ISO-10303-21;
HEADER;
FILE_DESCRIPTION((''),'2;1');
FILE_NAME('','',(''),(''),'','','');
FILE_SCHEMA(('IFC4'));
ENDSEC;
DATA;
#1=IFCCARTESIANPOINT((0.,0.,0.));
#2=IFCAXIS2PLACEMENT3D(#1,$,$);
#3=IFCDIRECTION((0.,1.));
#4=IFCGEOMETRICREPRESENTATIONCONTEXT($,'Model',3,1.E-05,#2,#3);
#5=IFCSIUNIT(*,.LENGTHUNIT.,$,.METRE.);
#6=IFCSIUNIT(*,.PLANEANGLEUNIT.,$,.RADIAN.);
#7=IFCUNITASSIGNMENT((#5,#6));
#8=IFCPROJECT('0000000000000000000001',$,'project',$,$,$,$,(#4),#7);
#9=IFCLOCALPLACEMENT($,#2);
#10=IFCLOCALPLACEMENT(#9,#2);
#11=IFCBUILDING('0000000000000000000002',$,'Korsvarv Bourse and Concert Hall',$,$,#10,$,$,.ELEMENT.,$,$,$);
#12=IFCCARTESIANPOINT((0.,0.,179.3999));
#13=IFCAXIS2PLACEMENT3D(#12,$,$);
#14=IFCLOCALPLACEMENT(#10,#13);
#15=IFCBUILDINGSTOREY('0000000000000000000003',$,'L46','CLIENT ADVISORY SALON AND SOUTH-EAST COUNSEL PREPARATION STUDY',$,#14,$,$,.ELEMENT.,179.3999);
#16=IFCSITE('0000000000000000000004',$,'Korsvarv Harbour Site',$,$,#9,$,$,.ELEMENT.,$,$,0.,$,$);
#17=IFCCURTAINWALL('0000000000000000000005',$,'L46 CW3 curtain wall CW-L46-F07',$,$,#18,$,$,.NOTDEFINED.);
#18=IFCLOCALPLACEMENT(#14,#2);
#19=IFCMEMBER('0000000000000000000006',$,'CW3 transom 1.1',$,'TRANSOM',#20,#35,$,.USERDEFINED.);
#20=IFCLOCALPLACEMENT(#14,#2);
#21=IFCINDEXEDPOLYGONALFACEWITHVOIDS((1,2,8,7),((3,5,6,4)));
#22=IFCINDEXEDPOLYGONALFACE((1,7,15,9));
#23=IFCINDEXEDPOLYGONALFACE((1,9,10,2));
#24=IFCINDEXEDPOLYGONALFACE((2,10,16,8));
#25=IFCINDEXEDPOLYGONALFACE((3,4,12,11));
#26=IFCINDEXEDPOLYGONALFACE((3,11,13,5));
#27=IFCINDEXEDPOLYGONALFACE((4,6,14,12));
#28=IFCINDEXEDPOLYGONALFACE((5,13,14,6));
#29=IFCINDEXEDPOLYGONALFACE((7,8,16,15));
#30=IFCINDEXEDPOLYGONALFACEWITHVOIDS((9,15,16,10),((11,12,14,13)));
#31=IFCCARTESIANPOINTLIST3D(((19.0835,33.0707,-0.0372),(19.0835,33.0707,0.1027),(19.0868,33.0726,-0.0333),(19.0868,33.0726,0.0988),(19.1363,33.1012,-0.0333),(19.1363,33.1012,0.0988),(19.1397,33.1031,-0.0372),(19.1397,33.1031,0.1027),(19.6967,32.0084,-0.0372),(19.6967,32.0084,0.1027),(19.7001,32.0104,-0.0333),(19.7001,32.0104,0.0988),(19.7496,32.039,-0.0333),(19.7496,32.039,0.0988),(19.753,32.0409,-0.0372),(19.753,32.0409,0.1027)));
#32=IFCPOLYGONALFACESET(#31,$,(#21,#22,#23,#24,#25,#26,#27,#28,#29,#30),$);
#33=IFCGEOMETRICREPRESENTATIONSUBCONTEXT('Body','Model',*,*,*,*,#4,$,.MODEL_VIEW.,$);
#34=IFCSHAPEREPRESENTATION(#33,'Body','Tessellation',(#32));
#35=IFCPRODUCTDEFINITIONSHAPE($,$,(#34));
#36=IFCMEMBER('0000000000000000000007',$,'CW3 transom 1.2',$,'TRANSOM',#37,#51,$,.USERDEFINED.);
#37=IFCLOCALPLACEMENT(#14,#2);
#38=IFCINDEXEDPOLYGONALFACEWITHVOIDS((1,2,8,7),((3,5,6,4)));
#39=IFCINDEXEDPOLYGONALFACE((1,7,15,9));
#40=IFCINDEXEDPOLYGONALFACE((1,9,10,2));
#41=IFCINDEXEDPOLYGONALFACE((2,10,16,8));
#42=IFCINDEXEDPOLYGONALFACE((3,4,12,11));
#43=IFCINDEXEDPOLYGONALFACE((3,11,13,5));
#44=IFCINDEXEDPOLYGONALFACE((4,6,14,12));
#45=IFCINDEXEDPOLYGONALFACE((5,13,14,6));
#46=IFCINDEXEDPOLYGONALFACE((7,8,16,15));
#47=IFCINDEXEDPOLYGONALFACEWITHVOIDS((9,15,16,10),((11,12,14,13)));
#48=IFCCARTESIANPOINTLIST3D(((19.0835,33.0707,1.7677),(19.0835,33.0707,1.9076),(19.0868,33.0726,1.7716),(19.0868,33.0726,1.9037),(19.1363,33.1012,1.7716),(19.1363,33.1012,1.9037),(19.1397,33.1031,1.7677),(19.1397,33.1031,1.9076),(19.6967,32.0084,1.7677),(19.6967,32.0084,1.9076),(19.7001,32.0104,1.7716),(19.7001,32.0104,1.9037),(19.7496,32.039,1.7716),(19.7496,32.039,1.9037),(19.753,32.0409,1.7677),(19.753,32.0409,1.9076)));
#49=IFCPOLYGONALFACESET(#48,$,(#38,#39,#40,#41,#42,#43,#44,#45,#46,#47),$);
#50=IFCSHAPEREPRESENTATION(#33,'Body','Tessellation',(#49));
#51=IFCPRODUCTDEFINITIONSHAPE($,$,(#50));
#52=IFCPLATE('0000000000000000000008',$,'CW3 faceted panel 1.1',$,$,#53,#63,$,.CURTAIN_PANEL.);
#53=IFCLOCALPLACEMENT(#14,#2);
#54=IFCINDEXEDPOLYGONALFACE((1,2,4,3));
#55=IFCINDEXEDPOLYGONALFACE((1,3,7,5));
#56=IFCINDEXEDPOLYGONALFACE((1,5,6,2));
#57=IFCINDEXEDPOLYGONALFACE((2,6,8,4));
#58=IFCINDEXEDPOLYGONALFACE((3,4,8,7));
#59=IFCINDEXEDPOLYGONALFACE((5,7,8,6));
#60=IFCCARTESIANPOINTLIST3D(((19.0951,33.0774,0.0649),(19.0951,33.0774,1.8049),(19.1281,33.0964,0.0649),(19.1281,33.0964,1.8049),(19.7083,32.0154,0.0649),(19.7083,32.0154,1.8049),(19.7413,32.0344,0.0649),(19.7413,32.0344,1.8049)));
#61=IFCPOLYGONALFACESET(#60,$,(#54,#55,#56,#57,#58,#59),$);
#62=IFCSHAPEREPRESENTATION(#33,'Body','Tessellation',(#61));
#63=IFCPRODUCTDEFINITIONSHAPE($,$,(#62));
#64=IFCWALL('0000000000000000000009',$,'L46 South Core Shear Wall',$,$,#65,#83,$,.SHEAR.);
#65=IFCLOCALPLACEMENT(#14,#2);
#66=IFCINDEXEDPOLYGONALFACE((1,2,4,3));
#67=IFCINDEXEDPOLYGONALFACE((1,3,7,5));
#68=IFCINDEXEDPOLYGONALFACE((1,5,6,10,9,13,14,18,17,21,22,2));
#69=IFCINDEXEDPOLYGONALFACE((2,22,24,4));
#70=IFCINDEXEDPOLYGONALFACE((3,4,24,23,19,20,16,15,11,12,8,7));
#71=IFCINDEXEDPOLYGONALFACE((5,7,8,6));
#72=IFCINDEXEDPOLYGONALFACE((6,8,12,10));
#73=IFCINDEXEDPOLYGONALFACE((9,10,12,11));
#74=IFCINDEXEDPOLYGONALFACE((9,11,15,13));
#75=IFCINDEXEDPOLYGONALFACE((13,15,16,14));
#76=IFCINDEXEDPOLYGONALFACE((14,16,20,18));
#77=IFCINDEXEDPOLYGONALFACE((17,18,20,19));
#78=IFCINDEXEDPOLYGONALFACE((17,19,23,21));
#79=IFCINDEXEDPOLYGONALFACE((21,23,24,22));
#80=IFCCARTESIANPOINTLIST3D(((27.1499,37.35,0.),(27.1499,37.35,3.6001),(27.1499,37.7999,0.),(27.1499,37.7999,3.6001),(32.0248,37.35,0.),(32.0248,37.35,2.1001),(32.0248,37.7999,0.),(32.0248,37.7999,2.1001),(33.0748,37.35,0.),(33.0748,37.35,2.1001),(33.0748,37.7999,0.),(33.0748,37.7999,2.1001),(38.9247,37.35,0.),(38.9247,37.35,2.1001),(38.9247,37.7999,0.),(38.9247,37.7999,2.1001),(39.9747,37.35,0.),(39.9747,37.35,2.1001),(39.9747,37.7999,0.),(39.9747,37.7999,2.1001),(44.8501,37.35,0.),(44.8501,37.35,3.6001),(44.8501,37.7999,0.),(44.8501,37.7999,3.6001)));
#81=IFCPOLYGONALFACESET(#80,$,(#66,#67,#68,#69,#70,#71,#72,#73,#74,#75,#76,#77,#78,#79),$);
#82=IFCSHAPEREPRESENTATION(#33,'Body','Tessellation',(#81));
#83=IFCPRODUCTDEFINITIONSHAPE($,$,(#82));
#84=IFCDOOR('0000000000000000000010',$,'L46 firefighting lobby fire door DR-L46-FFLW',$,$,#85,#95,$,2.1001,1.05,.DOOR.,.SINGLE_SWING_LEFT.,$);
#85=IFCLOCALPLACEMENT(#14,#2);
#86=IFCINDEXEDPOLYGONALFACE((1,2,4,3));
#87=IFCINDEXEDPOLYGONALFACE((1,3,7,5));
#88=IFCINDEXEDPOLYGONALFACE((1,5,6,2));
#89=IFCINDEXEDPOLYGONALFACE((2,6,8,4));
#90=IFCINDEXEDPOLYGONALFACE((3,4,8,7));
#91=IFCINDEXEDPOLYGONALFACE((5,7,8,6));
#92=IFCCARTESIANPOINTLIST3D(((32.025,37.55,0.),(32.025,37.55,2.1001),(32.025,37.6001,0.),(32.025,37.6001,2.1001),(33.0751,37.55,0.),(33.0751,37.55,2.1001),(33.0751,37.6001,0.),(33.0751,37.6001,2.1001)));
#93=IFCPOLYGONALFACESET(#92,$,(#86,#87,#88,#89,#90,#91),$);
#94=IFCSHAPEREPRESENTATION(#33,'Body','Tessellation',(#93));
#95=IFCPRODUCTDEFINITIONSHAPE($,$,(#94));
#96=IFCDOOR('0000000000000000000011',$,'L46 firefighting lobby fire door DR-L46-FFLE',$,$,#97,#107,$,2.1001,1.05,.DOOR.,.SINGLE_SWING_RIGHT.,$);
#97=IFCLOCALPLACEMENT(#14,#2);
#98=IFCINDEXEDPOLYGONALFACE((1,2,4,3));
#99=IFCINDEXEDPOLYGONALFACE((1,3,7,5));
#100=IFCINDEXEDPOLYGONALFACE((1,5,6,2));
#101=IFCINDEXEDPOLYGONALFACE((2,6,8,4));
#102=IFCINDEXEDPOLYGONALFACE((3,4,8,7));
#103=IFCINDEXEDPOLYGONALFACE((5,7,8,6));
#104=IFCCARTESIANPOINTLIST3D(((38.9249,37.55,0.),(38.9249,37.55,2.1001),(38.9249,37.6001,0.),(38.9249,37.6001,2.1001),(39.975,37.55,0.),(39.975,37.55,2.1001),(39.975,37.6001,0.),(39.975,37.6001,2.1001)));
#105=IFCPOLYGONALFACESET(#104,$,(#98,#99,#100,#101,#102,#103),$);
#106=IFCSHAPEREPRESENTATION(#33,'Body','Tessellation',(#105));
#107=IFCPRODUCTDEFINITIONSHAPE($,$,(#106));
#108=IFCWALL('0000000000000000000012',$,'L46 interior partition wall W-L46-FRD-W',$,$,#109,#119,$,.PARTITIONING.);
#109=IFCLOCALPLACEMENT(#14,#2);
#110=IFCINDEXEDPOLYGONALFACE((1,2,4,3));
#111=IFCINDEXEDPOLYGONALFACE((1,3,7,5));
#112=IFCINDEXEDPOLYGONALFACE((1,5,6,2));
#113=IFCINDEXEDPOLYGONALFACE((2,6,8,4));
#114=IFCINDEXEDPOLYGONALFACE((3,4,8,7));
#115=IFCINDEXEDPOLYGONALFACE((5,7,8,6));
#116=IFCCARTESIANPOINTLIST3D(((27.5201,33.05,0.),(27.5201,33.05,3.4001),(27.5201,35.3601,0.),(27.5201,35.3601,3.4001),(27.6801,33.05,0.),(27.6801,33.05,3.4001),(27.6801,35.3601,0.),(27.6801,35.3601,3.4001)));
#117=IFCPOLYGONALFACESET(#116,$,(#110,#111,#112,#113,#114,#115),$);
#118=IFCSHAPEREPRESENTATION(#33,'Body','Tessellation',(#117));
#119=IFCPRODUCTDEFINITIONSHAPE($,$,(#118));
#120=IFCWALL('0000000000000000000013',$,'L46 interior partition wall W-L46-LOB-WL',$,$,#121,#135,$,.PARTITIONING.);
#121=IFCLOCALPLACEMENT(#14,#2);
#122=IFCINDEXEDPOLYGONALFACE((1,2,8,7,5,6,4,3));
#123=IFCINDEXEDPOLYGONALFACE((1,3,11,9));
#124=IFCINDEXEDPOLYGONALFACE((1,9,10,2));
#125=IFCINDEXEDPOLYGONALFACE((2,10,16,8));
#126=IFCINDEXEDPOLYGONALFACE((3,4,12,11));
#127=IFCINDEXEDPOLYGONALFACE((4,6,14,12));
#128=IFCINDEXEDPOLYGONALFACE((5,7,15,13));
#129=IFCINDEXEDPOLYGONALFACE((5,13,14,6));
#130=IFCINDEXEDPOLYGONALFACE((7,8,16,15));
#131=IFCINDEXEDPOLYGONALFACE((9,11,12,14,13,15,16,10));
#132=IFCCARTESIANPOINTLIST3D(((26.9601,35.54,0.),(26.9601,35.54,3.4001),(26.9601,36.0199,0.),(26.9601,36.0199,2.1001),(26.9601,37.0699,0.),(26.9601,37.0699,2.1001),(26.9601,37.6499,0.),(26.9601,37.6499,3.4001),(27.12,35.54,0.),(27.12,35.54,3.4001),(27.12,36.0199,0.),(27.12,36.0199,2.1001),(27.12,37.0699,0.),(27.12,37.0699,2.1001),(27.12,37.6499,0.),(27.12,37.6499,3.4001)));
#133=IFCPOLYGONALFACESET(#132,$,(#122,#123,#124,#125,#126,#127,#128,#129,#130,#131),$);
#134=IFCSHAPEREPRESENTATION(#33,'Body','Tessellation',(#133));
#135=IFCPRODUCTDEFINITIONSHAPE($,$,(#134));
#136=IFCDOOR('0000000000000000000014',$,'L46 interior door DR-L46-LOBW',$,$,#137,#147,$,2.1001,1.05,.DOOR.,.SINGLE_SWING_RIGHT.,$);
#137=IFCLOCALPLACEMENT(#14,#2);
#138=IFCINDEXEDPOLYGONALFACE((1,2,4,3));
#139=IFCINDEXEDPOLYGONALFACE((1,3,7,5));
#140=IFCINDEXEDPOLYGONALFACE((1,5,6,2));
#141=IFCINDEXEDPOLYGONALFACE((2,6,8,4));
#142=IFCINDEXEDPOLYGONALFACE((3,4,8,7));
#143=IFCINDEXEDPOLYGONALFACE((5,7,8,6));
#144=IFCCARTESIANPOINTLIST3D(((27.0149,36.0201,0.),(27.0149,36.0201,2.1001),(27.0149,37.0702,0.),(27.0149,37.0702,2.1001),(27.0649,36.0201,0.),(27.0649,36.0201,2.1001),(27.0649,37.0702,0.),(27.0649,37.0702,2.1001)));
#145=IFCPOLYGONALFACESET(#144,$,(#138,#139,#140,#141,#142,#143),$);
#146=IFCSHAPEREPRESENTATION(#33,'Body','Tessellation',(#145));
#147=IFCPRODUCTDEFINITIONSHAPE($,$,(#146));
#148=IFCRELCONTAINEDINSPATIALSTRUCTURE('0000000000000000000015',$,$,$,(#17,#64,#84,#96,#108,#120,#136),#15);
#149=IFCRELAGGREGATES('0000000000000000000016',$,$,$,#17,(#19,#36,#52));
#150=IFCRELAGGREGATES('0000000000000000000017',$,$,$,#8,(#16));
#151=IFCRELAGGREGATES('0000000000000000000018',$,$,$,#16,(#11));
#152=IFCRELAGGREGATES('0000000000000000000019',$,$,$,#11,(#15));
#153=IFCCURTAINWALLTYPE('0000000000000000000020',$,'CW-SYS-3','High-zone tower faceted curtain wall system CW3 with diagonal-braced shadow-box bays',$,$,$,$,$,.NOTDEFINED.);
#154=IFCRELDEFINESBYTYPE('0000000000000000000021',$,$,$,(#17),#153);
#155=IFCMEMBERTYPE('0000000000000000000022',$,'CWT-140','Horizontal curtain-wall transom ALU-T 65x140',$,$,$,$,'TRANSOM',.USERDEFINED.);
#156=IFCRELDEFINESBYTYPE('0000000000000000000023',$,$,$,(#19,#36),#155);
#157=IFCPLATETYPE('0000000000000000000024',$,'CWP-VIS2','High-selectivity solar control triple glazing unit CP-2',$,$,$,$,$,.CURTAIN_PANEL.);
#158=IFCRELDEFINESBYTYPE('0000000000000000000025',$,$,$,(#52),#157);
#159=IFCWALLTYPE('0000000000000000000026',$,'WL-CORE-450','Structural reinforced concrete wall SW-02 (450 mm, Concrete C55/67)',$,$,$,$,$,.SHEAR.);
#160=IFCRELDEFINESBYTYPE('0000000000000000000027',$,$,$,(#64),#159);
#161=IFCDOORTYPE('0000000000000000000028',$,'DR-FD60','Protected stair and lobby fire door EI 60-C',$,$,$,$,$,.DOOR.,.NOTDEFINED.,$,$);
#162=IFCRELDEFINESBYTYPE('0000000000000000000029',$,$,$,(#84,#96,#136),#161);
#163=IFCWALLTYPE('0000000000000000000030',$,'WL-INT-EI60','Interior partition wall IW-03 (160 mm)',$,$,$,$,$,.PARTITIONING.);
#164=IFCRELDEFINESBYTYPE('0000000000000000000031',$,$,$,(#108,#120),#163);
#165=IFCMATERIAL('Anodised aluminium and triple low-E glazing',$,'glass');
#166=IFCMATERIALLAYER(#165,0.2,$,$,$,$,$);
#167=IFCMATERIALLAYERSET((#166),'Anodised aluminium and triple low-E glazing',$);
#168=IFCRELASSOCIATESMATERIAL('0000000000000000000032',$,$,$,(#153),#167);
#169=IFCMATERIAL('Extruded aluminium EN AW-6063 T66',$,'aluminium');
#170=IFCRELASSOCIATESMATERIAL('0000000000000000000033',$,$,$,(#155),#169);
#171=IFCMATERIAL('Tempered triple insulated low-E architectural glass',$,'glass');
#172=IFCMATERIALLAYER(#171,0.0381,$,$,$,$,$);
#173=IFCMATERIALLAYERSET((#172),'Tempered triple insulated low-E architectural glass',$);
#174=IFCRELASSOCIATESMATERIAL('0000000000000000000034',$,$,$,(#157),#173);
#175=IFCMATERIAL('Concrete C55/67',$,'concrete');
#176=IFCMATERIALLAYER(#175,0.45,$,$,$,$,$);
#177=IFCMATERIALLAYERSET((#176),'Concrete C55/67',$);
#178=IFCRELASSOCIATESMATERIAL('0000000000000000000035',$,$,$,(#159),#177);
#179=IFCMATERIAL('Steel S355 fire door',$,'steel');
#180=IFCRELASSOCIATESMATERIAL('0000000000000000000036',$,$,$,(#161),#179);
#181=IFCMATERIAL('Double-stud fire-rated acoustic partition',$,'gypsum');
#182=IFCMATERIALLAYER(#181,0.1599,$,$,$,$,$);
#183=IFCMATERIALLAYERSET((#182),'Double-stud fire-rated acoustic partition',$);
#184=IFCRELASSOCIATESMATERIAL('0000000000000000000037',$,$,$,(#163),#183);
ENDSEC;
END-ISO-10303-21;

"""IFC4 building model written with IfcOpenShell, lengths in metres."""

from ifc_helpers import new_model, si_unit, direction, frame, frame_2d, origin, origin_2d, place, context, subcontext, project, spatial, rectangle, hollow_rectangle, extrude, source, transform, mapped, material, layer, layer_set, material_profile, profile_set, type_object, element, fill, aggregate, save


model = new_model("IFC4")

# Units and contexts
model_context = context("Model", 3, precision=1e-05, world=origin(), true_north=direction((0.0, 1.0)))
body_context = subcontext(model_context, "Body", "Model", "MODEL_VIEW")
ifc_project = project(units=[si_unit("LENGTHUNIT", "METRE"), si_unit("PLANEANGLEUNIT", "RADIAN")], contexts=[model_context])

# Site, building, storey
site_placement = place(None, origin())
site = spatial("IfcSite", under=ifc_project, at=site_placement, Name="Korsvarv Harbour Site", CompositionType="ELEMENT", RefElevation=0.0)
building_placement = place(site_placement, origin())
building = spatial("IfcBuilding", under=site, at=building_placement, Name="Korsvarv Bourse and Concert Hall", CompositionType="ELEMENT")
storey_placement = place(building_placement, frame((0.0, 0.0, 179.3999)))
storey = spatial("IfcBuildingStorey", under=building, at=storey_placement, Name="L46", Description="CLIENT ADVISORY SALON AND SOUTH-EAST COUNSEL PREPARATION STUDY", CompositionType="ELEMENT", Elevation=179.3999)

# Shared definitions
ifc_material_1 = material(Name="Concrete C55/67", Category="concrete")

# Curtain wall, members, plate
ifc_material_2 = material(Name="Anodised aluminium and triple low-E glazing", Category="glass")
ifc_layer_1 = layer(ifc_material_2, 0.2)
ifc_layer_set_1 = layer_set([ifc_layer_1], Name="Anodised aluminium and triple low-E glazing")
curtain_wall_type = type_object("IfcCurtainWallType", Name="CW-SYS-3", Description="High-zone tower faceted curtain wall system CW3 with diagonal-braced shadow-box bays", PredefinedType="NOTDEFINED", material=ifc_layer_set_1)
curtain_wall_placement = place(storey_placement, origin())
curtain_wall = element("IfcCurtainWall", 1, at=curtain_wall_placement, inside=storey, type_object=curtain_wall_type, Name="L46 CW3 curtain wall CW-L46-F07", PredefinedType="NOTDEFINED")
ifc_material_3 = material(Name="Extruded aluminium EN AW-6063 T66", Category="aluminium")
ifc_material_profile_1 = material_profile(ifc_material_3, hollow_rectangle(XDim=0.0649, YDim=0.1399, WallThickness=0.0039, at=origin_2d()), Name="ALU-T 65x140")
ifc_profile_set_1 = profile_set([ifc_material_profile_1], Name="Extruded aluminium EN AW-6063 T66")
member_type_1 = type_object("IfcMemberType", Name="CWT-140", Description="Horizontal curtain-wall transom ALU-T 65x140", ElementType="TRANSOM", PredefinedType="USERDEFINED", material=ifc_profile_set_1)
shared_shape_1 = source(origin(), body_context, "Body", "SweptSolid", [
    extrude(hollow_rectangle(XDim=0.0649, YDim=0.1399, WallThickness=0.0039, at=origin_2d()), origin(), (0.0, 0.0, 1.0), 1.2266),
])
member_1_placement = place(storey_placement, frame((19.1116, 33.0869, 0.0327), z_axis=(0.499992, -0.86603, 0.0), x_axis=(0.86603, 0.499992, 0.0)))
member_1 = element("IfcMember", 2, at=member_1_placement, type_object=member_type_1, Name="CW3 transom 1.1", ObjectType="TRANSOM", PredefinedType="USERDEFINED", context=body_context, shape_type="MappedRepresentation", body=[
    mapped(shared_shape_1, transform((0.0, 0.0, 0.0), scale=1.0)),
])
member_2_placement = place(storey_placement, frame((19.1116, 33.0869, 1.8376), z_axis=(0.499992, -0.86603, 0.0), x_axis=(0.86603, 0.499992, 0.0)))
member_2 = element("IfcMember", 3, at=member_2_placement, type_object=member_type_1, Name="CW3 transom 1.2", ObjectType="TRANSOM", PredefinedType="USERDEFINED", context=body_context, shape_type="MappedRepresentation", body=[
    mapped(shared_shape_1, transform((0.0, 0.0, 0.0), scale=1.0)),
])
ifc_material_4 = material(Name="Tempered triple insulated low-E architectural glass", Category="glass")
ifc_layer_2 = layer(ifc_material_4, 0.0381)
ifc_layer_set_2 = layer_set([ifc_layer_2], Name="Tempered triple insulated low-E architectural glass")
plate_type = type_object("IfcPlateType", Name="CWP-VIS2", Description="High-selectivity solar control triple glazing unit CP-2", PredefinedType="CURTAIN_PANEL", material=ifc_layer_set_2)
shared_shape_2 = source(origin(), body_context, "Body", "SweptSolid", [
    extrude(rectangle(XDim=1.2263, YDim=0.0381, at=origin_2d()), origin(), (0.0, 0.0, 1.0), 1.74),
])
plate_placement = place(storey_placement, frame((19.4182, 32.5559, 0.0649), z_axis=(0.0, 0.0, 1.0), x_axis=(0.499994, -0.866029, 0.0)))
plate = element("IfcPlate", 4, at=plate_placement, type_object=plate_type, Name="CW3 faceted panel 1.1", PredefinedType="CURTAIN_PANEL", context=body_context, shape_type="MappedRepresentation", body=[
    mapped(shared_shape_2, transform((0.0, 0.0, 0.0), scale=1.0)),
])
aggregate(curtain_wall, [member_1, member_2, plate])

# Wall, openings, doors
ifc_layer_3 = layer(ifc_material_1, 0.45)
ifc_layer_set_3 = layer_set([ifc_layer_3], Name="Concrete C55/67")
wall_type_1 = type_object("IfcWallType", Name="WL-CORE-450", Description="Structural reinforced concrete wall SW-02 (450 mm, Concrete C55/67)", PredefinedType="SHEAR", material=ifc_layer_set_3)
wall_1_placement = place(storey_placement, frame((27.1499, 37.575, 0.0), z_axis=(0.0, 0.0, 1.0), x_axis=(1.0, 0.0, 0.0)))
wall_1 = element("IfcWall", 5, at=wall_1_placement, inside=storey, type_object=wall_type_1, Name="L46 South Core Shear Wall", PredefinedType="SHEAR", context=body_context, shape_type="SweptSolid", body=[
    extrude(rectangle(XDim=17.7002, YDim=0.45, at=frame_2d((8.8501, 0.0))), origin(), (0.0, 0.0, 1.0), 3.6001),
])
opening_1_placement = place(wall_1_placement, frame((4.875, 0.0, 0.0)))
opening_1 = element("IfcOpeningElement", 6, at=opening_1_placement, cuts=wall_1, PredefinedType="OPENING", context=body_context, shape_type="SweptSolid", body=[
    extrude(rectangle(XDim=1.05, YDim=2.1001, at=frame_2d((0.5249, 1.05))), frame((0.0, 0.2349, 0.0), z_axis=(0.0, -1.0, 0.0), x_axis=(1.0, 0.0, 0.0)), (0.0, 0.0, 1.0), 0.47),
])
opening_2_placement = place(wall_1_placement, frame((11.7749, 0.0, 0.0)))
opening_2 = element("IfcOpeningElement", 7, at=opening_2_placement, cuts=wall_1, PredefinedType="OPENING", context=body_context, shape_type="SweptSolid", body=[
    extrude(rectangle(XDim=1.05, YDim=2.1001, at=frame_2d((0.5249, 1.05))), frame((0.0, 0.2349, 0.0), z_axis=(0.0, -1.0, 0.0), x_axis=(1.0, 0.0, 0.0)), (0.0, 0.0, 1.0), 0.47),
])
ifc_material_5 = material(Name="Steel S355 fire door", Category="steel")
door_type_1 = type_object("IfcDoorType", Name="DR-FD60", Description="Protected stair and lobby fire door EI 60-C", OperationType="NOTDEFINED", PredefinedType="DOOR", material=ifc_material_5)
door_1_placement = place(opening_1_placement, frame((1.05, 0.0, 0.0), z_axis=(0.0, 0.0, 1.0), x_axis=(-1.0, 0.0, 0.0)))
door_1 = element("IfcDoor", 8, at=door_1_placement, inside=storey, type_object=door_type_1, Name="L46 firefighting lobby fire door DR-L46-FFLW", OperationType="SINGLE_SWING_LEFT", OverallHeight=2.1001, OverallWidth=1.05, PredefinedType="DOOR", context=body_context, shape_type="SweptSolid", body=[
    extrude(rectangle(XDim=1.05, YDim=2.1001, at=frame_2d((0.5249, 1.05))), frame((0.0, 0.0249, 0.0), z_axis=(0.0, -1.0, 0.0), x_axis=(1.0, 0.0, 0.0)), (0.0, 0.0, 1.0), 0.05),
])
fill(opening_1, door_1)
door_2_placement = place(opening_2_placement, frame((1.05, 0.0, 0.0), z_axis=(0.0, 0.0, 1.0), x_axis=(-1.0, 0.0, 0.0)))
door_2 = element("IfcDoor", 9, at=door_2_placement, inside=storey, type_object=door_type_1, Name="L46 firefighting lobby fire door DR-L46-FFLE", OperationType="SINGLE_SWING_RIGHT", OverallHeight=2.1001, OverallWidth=1.05, PredefinedType="DOOR", context=body_context, shape_type="SweptSolid", body=[
    extrude(rectangle(XDim=1.05, YDim=2.1001, at=frame_2d((0.5249, 1.05))), frame((0.0, 0.0249, 0.0), z_axis=(0.0, -1.0, 0.0), x_axis=(1.0, 0.0, 0.0)), (0.0, 0.0, 1.0), 0.05),
])
fill(opening_2, door_2)

# Wall
ifc_material_6 = material(Name="Double-stud fire-rated acoustic partition", Category="gypsum")
ifc_layer_4 = layer(ifc_material_6, 0.1599)
ifc_layer_set_4 = layer_set([ifc_layer_4], Name="Double-stud fire-rated acoustic partition")
wall_type_2 = type_object("IfcWallType", Name="WL-INT-EI60", Description="Interior partition wall IW-03 (160 mm)", PredefinedType="PARTITIONING", material=ifc_layer_set_4)
wall_2_placement = place(storey_placement, frame((27.6001, 33.05, 0.0), z_axis=(0.0, 0.0, 1.0), x_axis=(0.0, 1.0, 0.0)))
element("IfcWall", 10, at=wall_2_placement, inside=storey, type_object=wall_type_2, Name="L46 interior partition wall W-L46-FRD-W", PredefinedType="PARTITIONING", context=body_context, shape_type="SweptSolid", body=[
    extrude(rectangle(XDim=2.3101, YDim=0.1599, at=frame_2d((1.155, 0.0))), origin(), (0.0, 0.0, 1.0), 3.4001),
])

# Wall, opening, door
wall_3_placement = place(storey_placement, frame((27.04, 35.54, 0.0), z_axis=(0.0, 0.0, 1.0), x_axis=(0.0, 1.0, 0.0)))
wall_3 = element("IfcWall", 11, at=wall_3_placement, inside=storey, type_object=wall_type_2, Name="L46 interior partition wall W-L46-LOB-WL", PredefinedType="PARTITIONING", context=body_context, shape_type="SweptSolid", body=[
    extrude(rectangle(XDim=2.1099, YDim=0.1599, at=frame_2d((1.0549, 0.0))), origin(), (0.0, 0.0, 1.0), 3.4001),
])
opening_3_placement = place(wall_3_placement, frame((0.48, 0.0, 0.0)))
opening_3 = element("IfcOpeningElement", 12, at=opening_3_placement, cuts=wall_3, PredefinedType="OPENING", context=body_context, shape_type="SweptSolid", body=[
    extrude(rectangle(XDim=1.05, YDim=2.1001, at=frame_2d((0.5249, 1.05))), frame((0.0, 0.0898, 0.0), z_axis=(0.0, -1.0, 0.0), x_axis=(1.0, 0.0, 0.0)), (0.0, 0.0, 1.0), 0.1799),
])
door_3_placement = place(opening_3_placement, frame((1.05, 0.0, 0.0), z_axis=(0.0, 0.0, 1.0), x_axis=(-1.0, 0.0, 0.0)))
door_3 = element("IfcDoor", 13, at=door_3_placement, inside=storey, type_object=door_type_1, Name="L46 interior door DR-L46-LOBW", OperationType="SINGLE_SWING_RIGHT", OverallHeight=2.1001, OverallWidth=1.05, PredefinedType="DOOR", context=body_context, shape_type="SweptSolid", body=[
    extrude(rectangle(XDim=1.05, YDim=2.1001, at=frame_2d((0.5249, 1.05))), frame((0.0, 0.0249, 0.0), z_axis=(0.0, -1.0, 0.0), x_axis=(1.0, 0.0, 0.0)), (0.0, 0.0, 1.0), 0.05),
])
fill(opening_3, door_3)

save(model, "model.ifc")
